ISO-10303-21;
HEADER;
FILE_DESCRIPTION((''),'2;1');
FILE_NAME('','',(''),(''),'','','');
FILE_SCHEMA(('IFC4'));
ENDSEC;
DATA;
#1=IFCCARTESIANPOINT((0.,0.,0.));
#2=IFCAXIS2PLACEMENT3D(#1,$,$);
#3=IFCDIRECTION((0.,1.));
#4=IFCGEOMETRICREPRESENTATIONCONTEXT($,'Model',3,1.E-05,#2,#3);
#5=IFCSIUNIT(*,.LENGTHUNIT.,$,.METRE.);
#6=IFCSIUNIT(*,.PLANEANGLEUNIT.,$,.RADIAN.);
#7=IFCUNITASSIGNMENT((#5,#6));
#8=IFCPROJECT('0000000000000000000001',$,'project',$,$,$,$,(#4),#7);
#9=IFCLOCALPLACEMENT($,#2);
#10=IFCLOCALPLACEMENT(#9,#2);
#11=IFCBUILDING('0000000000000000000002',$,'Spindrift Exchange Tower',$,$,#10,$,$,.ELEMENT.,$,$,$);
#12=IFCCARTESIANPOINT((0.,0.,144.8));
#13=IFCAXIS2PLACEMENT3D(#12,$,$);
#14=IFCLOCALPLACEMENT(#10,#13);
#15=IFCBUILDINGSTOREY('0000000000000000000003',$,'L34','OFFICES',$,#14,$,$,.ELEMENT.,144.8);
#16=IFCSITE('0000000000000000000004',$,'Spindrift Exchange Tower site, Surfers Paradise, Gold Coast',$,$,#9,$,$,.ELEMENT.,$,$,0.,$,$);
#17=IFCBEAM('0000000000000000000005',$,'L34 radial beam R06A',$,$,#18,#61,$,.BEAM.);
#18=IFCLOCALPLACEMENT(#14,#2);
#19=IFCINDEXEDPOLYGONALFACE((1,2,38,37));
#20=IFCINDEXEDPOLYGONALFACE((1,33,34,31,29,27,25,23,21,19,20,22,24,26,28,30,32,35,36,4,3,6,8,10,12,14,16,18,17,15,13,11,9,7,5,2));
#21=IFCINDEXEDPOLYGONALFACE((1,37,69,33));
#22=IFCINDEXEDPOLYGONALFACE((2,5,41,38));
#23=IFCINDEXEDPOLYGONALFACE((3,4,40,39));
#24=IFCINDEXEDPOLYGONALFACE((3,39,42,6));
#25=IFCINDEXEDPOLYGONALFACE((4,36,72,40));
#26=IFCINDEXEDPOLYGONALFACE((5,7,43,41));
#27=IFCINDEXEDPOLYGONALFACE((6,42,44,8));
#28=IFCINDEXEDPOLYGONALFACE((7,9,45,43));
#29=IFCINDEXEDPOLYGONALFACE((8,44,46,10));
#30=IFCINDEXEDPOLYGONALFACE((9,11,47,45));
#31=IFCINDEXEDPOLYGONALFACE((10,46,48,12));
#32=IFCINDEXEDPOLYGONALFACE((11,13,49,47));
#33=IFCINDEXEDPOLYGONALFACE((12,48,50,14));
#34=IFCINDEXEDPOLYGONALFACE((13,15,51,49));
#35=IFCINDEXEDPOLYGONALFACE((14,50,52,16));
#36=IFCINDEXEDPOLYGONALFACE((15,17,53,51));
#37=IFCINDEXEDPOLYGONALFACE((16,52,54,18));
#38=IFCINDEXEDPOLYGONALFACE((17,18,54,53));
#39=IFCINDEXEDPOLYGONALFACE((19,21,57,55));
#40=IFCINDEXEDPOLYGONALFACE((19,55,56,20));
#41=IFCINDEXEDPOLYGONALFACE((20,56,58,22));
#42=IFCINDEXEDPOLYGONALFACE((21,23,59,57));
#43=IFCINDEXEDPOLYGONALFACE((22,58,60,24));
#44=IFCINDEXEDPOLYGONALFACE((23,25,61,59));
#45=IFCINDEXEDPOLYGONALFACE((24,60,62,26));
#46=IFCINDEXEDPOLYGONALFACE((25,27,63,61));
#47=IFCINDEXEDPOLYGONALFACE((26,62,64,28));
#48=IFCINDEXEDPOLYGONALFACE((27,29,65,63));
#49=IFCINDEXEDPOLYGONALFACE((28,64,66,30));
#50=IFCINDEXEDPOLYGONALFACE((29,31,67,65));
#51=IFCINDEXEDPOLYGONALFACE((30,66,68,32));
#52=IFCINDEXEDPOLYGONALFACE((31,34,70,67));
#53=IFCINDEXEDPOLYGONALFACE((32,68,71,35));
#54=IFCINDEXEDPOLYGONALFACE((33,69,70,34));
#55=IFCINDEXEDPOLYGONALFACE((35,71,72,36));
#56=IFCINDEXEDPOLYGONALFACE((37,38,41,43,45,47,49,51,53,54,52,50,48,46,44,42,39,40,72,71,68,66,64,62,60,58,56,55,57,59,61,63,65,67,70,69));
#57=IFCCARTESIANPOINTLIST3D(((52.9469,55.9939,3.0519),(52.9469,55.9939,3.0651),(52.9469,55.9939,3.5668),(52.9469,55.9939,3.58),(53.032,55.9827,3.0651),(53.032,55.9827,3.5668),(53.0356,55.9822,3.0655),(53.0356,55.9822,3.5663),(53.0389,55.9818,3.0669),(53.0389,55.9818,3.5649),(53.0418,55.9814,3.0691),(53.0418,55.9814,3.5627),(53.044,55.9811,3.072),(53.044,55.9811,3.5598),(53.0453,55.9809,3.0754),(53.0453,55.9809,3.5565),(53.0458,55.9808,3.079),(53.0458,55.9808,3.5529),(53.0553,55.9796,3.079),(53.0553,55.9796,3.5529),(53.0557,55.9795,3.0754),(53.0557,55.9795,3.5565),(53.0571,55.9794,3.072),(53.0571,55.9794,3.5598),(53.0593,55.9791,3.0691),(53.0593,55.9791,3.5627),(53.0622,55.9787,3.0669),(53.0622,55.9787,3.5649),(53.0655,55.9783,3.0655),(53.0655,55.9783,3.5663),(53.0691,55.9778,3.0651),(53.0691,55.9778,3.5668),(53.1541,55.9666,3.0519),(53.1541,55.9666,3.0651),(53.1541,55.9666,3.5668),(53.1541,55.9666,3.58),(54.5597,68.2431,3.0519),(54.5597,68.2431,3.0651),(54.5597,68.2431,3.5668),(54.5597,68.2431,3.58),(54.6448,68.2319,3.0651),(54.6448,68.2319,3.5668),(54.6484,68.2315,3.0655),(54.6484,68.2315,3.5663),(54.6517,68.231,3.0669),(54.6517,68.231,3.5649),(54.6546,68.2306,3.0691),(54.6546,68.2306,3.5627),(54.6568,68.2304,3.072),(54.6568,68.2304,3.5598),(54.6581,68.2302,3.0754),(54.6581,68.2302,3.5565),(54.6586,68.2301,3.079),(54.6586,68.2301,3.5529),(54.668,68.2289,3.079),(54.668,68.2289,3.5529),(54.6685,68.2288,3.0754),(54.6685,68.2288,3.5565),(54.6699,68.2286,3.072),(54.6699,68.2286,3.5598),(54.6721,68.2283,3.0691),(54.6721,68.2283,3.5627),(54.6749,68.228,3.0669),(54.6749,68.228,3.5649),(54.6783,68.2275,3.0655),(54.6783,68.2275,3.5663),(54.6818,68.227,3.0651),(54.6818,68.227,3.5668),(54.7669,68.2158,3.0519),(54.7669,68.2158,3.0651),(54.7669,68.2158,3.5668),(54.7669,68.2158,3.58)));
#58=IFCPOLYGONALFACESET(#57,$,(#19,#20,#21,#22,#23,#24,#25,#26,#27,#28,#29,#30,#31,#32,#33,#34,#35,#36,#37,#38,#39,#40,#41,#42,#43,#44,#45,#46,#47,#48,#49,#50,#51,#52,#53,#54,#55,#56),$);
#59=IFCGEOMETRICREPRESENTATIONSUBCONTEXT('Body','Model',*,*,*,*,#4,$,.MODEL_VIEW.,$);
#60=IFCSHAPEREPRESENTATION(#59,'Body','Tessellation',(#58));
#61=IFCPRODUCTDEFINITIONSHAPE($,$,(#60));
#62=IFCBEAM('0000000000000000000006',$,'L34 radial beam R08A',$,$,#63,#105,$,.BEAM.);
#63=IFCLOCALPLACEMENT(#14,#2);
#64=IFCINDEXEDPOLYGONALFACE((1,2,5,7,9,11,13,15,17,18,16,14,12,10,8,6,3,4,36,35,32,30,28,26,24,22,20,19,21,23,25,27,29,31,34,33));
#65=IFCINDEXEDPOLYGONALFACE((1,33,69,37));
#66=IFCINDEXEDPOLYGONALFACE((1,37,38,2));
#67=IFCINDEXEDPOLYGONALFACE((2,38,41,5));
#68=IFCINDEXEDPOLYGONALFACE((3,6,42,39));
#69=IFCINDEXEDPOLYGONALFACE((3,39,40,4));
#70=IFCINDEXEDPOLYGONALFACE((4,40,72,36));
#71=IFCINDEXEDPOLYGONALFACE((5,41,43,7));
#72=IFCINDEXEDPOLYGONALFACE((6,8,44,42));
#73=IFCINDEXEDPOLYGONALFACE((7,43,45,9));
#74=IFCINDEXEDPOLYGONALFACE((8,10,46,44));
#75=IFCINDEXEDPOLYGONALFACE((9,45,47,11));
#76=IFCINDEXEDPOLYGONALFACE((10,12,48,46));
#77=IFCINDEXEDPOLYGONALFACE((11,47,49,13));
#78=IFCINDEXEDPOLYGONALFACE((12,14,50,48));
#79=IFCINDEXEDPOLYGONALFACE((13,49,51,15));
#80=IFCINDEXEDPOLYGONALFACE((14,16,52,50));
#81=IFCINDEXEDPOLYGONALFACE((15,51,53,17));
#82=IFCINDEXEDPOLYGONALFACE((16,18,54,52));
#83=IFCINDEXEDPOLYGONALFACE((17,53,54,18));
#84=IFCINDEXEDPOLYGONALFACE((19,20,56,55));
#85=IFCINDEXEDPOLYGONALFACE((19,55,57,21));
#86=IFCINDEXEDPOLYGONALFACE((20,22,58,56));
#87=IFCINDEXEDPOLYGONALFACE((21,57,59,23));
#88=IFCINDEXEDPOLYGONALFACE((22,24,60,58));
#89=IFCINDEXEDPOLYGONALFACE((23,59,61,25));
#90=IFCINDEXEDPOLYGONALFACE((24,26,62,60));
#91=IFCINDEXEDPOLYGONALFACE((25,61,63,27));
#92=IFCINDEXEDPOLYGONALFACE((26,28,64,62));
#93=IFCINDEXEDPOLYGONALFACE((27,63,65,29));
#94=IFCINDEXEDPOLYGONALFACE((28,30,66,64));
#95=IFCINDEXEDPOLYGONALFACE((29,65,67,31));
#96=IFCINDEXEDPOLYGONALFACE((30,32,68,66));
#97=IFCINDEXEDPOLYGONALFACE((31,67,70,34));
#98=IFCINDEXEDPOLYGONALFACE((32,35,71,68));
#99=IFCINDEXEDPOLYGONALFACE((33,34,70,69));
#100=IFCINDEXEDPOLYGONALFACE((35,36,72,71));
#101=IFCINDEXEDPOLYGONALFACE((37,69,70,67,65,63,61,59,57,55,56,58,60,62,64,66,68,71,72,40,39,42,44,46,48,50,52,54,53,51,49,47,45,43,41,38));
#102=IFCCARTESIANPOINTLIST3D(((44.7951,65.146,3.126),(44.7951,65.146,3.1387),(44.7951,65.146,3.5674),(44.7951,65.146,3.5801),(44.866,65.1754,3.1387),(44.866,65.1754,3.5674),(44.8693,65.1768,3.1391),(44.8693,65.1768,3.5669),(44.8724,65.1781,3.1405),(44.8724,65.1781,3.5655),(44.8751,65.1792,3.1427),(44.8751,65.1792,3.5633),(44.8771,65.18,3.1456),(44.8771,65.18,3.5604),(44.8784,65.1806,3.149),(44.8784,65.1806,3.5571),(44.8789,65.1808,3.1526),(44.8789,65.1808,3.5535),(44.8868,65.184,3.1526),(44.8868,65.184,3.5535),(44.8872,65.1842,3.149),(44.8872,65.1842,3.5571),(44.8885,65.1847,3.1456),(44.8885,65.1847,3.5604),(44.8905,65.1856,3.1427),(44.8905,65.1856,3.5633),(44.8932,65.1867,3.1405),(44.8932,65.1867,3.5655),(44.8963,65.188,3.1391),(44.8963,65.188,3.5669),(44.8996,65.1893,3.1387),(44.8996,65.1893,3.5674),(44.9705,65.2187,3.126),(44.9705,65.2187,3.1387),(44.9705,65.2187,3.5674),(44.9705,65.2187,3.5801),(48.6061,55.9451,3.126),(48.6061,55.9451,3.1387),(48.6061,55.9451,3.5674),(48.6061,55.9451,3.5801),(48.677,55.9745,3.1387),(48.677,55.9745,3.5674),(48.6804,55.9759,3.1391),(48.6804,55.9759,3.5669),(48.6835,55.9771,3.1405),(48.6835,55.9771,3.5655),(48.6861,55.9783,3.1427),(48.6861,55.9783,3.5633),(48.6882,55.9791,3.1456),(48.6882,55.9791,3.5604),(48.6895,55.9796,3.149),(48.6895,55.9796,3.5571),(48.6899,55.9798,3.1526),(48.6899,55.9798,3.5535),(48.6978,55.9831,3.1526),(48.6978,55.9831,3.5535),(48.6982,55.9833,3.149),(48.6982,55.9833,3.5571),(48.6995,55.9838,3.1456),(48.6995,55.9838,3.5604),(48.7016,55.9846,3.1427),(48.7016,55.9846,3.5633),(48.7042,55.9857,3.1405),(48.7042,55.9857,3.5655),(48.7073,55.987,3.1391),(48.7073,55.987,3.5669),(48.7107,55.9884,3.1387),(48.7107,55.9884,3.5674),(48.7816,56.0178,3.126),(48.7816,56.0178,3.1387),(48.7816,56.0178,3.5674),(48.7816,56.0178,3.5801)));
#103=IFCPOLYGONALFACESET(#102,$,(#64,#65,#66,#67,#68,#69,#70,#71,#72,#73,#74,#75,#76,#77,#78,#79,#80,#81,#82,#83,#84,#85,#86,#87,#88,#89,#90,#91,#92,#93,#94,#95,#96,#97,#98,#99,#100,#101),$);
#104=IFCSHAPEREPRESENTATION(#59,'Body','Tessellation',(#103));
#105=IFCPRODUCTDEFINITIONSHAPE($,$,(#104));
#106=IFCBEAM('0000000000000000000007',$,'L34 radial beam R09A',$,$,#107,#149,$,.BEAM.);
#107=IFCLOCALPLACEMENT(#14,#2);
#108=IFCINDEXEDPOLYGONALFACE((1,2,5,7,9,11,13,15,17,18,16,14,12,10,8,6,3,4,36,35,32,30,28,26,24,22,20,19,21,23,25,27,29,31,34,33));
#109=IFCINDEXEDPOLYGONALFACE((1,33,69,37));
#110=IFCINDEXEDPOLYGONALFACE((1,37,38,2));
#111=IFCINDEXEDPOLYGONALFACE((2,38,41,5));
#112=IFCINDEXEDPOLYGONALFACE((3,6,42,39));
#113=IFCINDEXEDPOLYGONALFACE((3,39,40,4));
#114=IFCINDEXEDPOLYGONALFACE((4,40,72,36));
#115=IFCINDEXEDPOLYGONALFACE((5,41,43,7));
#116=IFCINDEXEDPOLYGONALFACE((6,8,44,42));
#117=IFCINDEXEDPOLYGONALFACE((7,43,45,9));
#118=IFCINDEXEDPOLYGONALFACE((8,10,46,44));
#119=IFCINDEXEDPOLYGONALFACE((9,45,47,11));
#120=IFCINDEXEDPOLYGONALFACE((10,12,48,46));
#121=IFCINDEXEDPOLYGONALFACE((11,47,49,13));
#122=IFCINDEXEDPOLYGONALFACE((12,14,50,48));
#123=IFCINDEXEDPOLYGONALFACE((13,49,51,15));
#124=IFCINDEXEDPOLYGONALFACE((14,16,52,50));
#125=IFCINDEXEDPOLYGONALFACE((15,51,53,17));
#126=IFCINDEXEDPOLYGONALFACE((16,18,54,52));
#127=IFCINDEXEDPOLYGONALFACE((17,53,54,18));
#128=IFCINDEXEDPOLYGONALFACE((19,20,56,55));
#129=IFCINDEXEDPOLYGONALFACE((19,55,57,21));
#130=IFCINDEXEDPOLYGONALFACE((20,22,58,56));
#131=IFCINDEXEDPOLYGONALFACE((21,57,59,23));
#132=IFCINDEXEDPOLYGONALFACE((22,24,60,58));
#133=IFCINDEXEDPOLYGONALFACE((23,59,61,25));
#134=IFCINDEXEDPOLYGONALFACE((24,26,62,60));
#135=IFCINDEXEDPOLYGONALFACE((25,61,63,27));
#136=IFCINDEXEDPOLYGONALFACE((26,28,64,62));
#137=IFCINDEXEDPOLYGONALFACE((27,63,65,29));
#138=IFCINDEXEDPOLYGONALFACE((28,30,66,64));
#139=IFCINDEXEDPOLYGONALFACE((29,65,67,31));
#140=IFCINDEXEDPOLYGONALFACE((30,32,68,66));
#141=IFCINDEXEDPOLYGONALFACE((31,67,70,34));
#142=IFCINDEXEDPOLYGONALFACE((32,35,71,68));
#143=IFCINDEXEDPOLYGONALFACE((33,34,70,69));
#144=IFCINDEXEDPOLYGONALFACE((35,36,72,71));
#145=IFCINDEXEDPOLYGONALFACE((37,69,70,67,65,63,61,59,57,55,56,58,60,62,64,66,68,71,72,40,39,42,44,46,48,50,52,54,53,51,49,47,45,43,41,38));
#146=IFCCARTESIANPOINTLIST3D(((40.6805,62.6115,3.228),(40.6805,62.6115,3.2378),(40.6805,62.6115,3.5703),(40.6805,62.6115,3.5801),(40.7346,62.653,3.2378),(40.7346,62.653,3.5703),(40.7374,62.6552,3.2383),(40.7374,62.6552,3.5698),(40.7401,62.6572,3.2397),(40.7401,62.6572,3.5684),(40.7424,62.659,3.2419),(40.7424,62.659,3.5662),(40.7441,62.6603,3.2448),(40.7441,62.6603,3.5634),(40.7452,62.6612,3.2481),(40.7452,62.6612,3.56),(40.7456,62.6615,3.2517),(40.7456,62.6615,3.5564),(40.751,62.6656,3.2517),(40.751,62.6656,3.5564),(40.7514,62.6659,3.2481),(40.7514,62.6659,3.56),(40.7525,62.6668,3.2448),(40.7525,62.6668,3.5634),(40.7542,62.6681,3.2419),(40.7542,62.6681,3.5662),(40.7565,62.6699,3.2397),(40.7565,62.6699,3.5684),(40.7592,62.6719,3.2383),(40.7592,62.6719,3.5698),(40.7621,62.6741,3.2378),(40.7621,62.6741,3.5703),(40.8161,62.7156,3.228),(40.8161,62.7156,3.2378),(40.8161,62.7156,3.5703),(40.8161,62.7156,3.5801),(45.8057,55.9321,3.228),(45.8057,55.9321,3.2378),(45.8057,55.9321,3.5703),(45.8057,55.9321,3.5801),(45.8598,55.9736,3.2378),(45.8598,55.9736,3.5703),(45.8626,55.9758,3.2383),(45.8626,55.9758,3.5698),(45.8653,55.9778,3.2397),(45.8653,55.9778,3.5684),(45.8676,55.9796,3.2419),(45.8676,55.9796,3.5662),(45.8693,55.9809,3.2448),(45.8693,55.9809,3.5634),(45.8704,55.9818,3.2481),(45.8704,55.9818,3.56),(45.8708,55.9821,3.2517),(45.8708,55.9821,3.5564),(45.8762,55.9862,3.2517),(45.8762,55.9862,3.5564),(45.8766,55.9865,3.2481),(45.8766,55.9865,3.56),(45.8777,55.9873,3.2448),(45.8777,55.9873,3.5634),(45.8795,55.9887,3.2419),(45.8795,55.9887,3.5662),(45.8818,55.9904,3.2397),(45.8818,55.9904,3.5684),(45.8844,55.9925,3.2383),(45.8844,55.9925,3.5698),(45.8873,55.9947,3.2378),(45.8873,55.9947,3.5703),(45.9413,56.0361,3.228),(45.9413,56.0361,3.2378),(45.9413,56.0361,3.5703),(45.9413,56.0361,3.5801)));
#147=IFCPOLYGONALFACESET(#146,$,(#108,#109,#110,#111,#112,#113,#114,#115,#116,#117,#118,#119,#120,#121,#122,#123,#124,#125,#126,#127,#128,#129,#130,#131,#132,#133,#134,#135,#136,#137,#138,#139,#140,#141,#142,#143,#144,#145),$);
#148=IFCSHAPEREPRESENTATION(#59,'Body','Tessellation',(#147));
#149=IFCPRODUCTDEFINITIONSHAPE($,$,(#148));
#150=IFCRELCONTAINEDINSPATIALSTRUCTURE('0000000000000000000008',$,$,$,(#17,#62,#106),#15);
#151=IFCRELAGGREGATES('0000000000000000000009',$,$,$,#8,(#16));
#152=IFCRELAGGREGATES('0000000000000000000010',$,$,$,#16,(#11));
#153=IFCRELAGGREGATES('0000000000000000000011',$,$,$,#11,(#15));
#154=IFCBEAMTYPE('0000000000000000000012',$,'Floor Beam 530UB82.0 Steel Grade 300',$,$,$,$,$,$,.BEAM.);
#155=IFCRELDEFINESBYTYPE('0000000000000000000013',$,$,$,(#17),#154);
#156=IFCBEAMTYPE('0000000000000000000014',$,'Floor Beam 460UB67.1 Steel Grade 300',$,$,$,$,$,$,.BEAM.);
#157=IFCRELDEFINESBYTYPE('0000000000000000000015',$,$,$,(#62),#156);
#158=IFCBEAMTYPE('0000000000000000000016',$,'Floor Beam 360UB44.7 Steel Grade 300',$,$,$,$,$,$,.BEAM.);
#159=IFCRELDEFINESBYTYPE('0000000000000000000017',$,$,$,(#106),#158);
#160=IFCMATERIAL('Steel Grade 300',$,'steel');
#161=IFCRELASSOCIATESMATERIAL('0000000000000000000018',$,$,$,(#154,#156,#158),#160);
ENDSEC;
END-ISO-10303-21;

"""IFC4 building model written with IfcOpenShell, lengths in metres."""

from ifc_helpers import new_model, si_unit, direction, frame, origin, origin_2d, place, context, subcontext, project, spatial, i_section, extrude, source, transform, mapped, material, material_profile, profile_set, type_object, element, save


model = new_model("IFC4")

# Units and contexts
model_context = context("Model", 3, precision=1e-05, world=origin(), true_north=direction((0.0, 1.0)))
body_context = subcontext(model_context, "Body", "Model", "MODEL_VIEW")
ifc_project = project(units=[si_unit("LENGTHUNIT", "METRE"), si_unit("PLANEANGLEUNIT", "RADIAN")], contexts=[model_context])

# Site, building, storey
site_placement = place(None, origin())
site = spatial("IfcSite", under=ifc_project, at=site_placement, Name="Spindrift Exchange Tower site, Surfers Paradise, Gold Coast", CompositionType="ELEMENT", RefElevation=0.0)
building_placement = place(site_placement, origin())
building = spatial("IfcBuilding", under=site, at=building_placement, Name="Spindrift Exchange Tower", CompositionType="ELEMENT")
storey_placement = place(building_placement, frame((0.0, 0.0, 144.8)))
storey = spatial("IfcBuildingStorey", under=building, at=storey_placement, Name="L34", Description="OFFICES", CompositionType="ELEMENT", Elevation=144.8)

# Beams
ifc_material_1 = material(Name="Steel Grade 300", Category="steel")
ifc_material_profile_1 = material_profile(ifc_material_1, i_section(OverallWidth=0.209, OverallDepth=0.5281, WebThickness=0.0095, FlangeThickness=0.0132, FilletRadius=0.0139, at=origin_2d()), Name="530UB82.0")
ifc_profile_set_1 = profile_set([ifc_material_profile_1], Name="Steel Grade 300")
beam_type_1 = type_object("IfcBeamType", Name="Floor Beam 530UB82.0 Steel Grade 300", PredefinedType="BEAM", material=ifc_profile_set_1)
shared_shape_1 = source(origin(), body_context, "Body", "SweptSolid", [
    extrude(i_section(OverallWidth=0.209, OverallDepth=0.5281, WebThickness=0.0095, FlangeThickness=0.0132, FilletRadius=0.0139, at=origin_2d()), origin(), (0.0, 0.0, 1.0), 12.355),
])
beam_1_placement = place(storey_placement, frame((53.0505, 55.9802, 3.3159), z_axis=(0.130538, 0.991443, 0.0), x_axis=(-0.991443, 0.130538, 0.0)))
element("IfcBeam", 1, at=beam_1_placement, inside=storey, type_object=beam_type_1, Name="L34 radial beam R06A", PredefinedType="BEAM", context=body_context, shape_type="MappedRepresentation", body=[
    mapped(shared_shape_1, transform((0.0, 0.0, 0.0), scale=1.0)),
])
ifc_material_profile_2 = material_profile(ifc_material_1, i_section(OverallWidth=0.1899, OverallDepth=0.4541, WebThickness=0.0085, FlangeThickness=0.0127, FilletRadius=0.0139, at=origin_2d()), Name="460UB67.1")
ifc_profile_set_2 = profile_set([ifc_material_profile_2], Name="Steel Grade 300")
beam_type_2 = type_object("IfcBeamType", Name="Floor Beam 460UB67.1 Steel Grade 300", PredefinedType="BEAM", material=ifc_profile_set_2)
shared_shape_2 = source(origin(), body_context, "Body", "SweptSolid", [
    extrude(i_section(OverallWidth=0.1899, OverallDepth=0.4541, WebThickness=0.0085, FlangeThickness=0.0127, FilletRadius=0.0139, at=origin_2d()), origin(), (0.0, 0.0, 1.0), 9.959),
])
beam_2_placement = place(storey_placement, frame((48.6938, 55.9814, 3.353), z_axis=(-0.382674, 0.923884, 0.0), x_axis=(-0.923884, -0.382674, 0.0)))
element("IfcBeam", 2, at=beam_2_placement, inside=storey, type_object=beam_type_2, Name="L34 radial beam R08A", PredefinedType="BEAM", context=body_context, shape_type="MappedRepresentation", body=[
    mapped(shared_shape_2, transform((0.0, 0.0, 0.0), scale=1.0)),
])
ifc_material_profile_3 = material_profile(ifc_material_1, i_section(OverallWidth=0.1709, OverallDepth=0.3521, WebThickness=0.0068, FlangeThickness=0.0098, FilletRadius=0.0139, at=origin_2d()), Name="360UB44.7")
ifc_profile_set_3 = profile_set([ifc_material_profile_3], Name="Steel Grade 300")
beam_type_3 = type_object("IfcBeamType", Name="Floor Beam 360UB44.7 Steel Grade 300", PredefinedType="BEAM", material=ifc_profile_set_3)
shared_shape_3 = source(origin(), body_context, "Body", "SweptSolid", [
    extrude(i_section(OverallWidth=0.1709, OverallDepth=0.3521, WebThickness=0.0068, FlangeThickness=0.0098, FilletRadius=0.0139, at=origin_2d()), origin(), (0.0, 0.0, 1.0), 8.4192),
])
beam_3_placement = place(storey_placement, frame((45.8735, 55.9841, 3.4041), z_axis=(-0.608756, 0.793358, 0.0), x_axis=(-0.793358, -0.608756, 0.0)))
element("IfcBeam", 3, at=beam_3_placement, inside=storey, type_object=beam_type_3, Name="L34 radial beam R09A", PredefinedType="BEAM", context=body_context, shape_type="MappedRepresentation", body=[
    mapped(shared_shape_3, transform((0.0, 0.0, 0.0), scale=1.0)),
])

save(model, "model.ifc")
